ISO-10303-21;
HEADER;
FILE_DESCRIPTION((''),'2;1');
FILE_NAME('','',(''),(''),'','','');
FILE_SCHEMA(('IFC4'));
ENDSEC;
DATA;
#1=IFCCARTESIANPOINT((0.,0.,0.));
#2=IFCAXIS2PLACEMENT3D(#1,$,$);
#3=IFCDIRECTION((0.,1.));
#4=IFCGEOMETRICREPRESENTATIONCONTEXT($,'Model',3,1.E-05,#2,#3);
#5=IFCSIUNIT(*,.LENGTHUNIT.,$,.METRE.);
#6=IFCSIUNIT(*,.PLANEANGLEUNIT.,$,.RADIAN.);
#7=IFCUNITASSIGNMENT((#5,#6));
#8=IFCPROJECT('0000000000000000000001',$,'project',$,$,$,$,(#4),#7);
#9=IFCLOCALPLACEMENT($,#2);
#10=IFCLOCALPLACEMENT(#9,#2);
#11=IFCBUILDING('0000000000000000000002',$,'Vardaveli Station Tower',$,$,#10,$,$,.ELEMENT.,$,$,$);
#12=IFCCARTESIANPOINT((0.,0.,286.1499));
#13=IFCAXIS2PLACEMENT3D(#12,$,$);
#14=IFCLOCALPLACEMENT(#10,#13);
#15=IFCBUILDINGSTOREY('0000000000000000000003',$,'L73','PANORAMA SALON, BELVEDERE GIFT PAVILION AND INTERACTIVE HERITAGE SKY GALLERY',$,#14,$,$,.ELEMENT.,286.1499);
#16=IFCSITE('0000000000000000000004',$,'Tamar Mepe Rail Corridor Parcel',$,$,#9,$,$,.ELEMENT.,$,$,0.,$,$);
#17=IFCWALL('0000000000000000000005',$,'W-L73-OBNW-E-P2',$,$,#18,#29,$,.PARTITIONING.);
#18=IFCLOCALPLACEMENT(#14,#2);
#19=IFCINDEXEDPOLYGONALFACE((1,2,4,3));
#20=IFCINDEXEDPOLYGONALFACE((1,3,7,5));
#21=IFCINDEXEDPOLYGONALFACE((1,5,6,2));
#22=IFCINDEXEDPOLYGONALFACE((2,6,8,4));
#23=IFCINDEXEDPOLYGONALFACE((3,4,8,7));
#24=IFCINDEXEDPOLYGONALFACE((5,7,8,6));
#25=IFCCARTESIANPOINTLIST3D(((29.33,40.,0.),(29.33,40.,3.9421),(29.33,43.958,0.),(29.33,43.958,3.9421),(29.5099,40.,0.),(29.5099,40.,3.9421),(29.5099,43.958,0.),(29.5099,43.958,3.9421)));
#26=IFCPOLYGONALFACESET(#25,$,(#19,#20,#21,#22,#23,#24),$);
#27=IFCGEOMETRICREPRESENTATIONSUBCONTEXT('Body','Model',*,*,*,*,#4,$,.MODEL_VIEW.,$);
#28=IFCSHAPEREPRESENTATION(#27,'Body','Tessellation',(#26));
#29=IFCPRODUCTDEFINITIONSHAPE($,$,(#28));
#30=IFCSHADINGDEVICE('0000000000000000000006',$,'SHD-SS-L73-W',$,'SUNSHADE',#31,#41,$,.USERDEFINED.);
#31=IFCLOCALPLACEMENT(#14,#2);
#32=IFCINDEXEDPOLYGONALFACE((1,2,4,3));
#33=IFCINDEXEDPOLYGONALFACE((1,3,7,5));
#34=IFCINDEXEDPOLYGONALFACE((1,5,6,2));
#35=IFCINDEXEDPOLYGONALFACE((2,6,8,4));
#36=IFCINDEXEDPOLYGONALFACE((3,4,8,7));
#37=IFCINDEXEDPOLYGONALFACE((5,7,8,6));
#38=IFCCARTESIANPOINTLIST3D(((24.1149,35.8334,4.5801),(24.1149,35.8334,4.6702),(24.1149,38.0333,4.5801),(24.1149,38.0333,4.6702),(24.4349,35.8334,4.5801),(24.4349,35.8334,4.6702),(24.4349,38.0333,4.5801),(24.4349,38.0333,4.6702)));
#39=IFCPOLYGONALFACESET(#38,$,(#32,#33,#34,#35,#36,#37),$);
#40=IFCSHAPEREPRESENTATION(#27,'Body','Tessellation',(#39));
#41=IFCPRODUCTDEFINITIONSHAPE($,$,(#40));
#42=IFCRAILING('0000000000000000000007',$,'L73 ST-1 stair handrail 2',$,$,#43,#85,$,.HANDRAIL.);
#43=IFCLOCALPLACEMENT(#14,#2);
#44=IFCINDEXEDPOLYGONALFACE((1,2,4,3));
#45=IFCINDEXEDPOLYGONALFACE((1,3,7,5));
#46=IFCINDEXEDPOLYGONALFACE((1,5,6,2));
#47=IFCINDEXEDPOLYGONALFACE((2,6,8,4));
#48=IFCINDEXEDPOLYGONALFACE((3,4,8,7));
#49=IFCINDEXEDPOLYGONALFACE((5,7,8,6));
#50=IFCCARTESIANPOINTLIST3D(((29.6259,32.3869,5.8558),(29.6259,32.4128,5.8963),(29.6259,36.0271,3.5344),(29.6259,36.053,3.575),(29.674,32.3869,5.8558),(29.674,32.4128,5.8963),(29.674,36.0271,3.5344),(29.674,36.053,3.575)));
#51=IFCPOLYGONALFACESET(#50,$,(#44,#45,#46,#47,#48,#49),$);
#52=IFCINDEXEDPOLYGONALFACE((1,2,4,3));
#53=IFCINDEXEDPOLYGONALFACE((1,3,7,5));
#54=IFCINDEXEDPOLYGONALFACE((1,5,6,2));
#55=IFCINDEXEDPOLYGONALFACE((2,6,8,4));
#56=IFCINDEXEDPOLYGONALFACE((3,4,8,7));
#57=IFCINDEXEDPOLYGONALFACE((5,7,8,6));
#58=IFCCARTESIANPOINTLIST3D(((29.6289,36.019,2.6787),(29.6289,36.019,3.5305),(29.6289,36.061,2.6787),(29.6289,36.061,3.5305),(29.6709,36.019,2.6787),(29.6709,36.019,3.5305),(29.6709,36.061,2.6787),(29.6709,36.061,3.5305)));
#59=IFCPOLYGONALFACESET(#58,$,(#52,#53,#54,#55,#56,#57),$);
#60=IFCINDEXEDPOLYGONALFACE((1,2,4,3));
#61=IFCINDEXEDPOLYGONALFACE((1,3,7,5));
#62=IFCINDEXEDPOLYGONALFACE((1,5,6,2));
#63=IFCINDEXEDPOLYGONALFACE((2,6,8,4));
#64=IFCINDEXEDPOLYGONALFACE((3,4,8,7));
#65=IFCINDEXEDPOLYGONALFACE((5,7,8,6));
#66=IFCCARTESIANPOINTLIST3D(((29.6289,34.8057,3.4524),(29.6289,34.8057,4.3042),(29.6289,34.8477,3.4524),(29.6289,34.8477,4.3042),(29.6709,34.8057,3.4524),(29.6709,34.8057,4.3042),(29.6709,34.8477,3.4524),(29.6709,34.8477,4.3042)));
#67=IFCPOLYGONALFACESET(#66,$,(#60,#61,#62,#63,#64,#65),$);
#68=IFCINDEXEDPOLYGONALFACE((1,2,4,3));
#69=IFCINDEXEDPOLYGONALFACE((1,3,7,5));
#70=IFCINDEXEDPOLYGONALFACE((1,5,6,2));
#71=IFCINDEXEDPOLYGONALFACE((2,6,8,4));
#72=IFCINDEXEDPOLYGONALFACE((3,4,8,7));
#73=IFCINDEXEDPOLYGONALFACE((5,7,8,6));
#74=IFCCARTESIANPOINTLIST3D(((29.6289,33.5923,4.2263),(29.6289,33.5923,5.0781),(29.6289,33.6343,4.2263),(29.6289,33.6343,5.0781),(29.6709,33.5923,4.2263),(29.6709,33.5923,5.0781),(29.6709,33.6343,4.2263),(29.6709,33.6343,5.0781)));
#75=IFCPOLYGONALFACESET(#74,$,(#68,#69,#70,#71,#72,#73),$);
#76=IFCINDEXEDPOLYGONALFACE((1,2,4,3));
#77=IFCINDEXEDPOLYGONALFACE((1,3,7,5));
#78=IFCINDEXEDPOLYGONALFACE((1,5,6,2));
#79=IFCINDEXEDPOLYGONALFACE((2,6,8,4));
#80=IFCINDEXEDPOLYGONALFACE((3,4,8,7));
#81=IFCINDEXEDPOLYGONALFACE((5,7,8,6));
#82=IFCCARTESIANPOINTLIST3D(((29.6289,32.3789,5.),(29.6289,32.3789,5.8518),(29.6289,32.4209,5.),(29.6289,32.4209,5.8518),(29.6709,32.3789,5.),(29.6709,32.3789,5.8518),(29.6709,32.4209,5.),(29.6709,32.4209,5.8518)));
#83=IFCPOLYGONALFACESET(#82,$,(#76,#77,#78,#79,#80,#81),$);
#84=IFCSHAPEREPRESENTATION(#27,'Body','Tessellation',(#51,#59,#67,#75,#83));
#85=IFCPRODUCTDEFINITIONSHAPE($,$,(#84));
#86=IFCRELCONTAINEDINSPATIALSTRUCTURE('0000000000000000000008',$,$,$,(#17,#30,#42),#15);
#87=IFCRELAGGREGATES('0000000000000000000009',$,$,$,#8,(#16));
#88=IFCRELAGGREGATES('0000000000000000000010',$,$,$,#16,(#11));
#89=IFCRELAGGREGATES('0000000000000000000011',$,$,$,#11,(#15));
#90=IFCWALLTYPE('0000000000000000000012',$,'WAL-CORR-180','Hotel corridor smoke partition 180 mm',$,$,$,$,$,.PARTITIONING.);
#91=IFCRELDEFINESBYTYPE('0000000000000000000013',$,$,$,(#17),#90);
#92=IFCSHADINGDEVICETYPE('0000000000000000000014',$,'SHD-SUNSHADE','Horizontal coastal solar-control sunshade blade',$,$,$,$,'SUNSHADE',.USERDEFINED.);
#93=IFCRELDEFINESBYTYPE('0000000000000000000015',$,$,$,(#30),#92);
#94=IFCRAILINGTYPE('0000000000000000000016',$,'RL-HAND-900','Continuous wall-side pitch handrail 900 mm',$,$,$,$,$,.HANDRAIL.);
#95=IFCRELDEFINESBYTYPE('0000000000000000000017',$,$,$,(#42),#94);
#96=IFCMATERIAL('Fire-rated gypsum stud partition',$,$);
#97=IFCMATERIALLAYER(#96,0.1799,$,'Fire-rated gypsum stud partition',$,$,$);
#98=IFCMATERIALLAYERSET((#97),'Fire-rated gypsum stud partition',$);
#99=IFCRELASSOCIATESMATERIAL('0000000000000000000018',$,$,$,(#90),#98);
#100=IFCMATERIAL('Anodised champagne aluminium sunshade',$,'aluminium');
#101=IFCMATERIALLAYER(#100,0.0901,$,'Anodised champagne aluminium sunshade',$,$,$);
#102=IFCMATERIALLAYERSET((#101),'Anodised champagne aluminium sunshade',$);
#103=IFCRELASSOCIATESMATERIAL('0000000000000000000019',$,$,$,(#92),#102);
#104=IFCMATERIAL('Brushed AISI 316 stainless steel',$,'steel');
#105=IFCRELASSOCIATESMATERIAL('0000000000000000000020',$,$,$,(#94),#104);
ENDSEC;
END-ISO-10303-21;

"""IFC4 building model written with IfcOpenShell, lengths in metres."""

from ifc_helpers import new_model, si_unit, direction, frame, frame_2d, origin, origin_2d, place, context, subcontext, project, spatial, rectangle, extrude, source, transform, mapped, material, layer, layer_set, type_object, element, save


model = new_model("IFC4")

# Units and contexts
model_context = context("Model", 3, precision=1e-05, world=origin(), true_north=direction((0.0, 1.0)))
body_context = subcontext(model_context, "Body", "Model", "MODEL_VIEW")
ifc_project = project(units=[si_unit("LENGTHUNIT", "METRE"), si_unit("PLANEANGLEUNIT", "RADIAN")], contexts=[model_context])

# Site, building, storey
site_placement = place(None, origin())
site = spatial("IfcSite", under=ifc_project, at=site_placement, Name="Tamar Mepe Rail Corridor Parcel", CompositionType="ELEMENT", RefElevation=0.0)
building_placement = place(site_placement, origin())
building = spatial("IfcBuilding", under=site, at=building_placement, Name="Vardaveli Station Tower", CompositionType="ELEMENT")
storey_placement = place(building_placement, frame((0.0, 0.0, 286.1499)))
storey = spatial("IfcBuildingStorey", under=building, at=storey_placement, Name="L73", Description="PANORAMA SALON, BELVEDERE GIFT PAVILION AND INTERACTIVE HERITAGE SKY GALLERY", CompositionType="ELEMENT", Elevation=286.1499)

# Wall
ifc_material_1 = material(Name="Fire-rated gypsum stud partition")
ifc_layer_1 = layer(ifc_material_1, 0.1799, Name="Fire-rated gypsum stud partition")
ifc_layer_set_1 = layer_set([ifc_layer_1], Name="Fire-rated gypsum stud partition")
wall_type_1 = type_object("IfcWallType", Name="WAL-CORR-180", Description="Hotel corridor smoke partition 180 mm", PredefinedType="PARTITIONING", material=ifc_layer_set_1)
shared_shape_1 = source(origin(), body_context, "Body", "SweptSolid", [
    extrude(rectangle(XDim=3.958, YDim=0.1799, at=frame_2d((1.979, 0.0))), origin(), (0.0, 0.0, 1.0), 3.9421),
])
wall_1_placement = place(storey_placement, frame((29.4199, 40.0, 0.0), z_axis=(0.0, 0.0, 1.0), x_axis=(0.0, 1.0, 0.0)))
element("IfcWall", 1, at=wall_1_placement, inside=storey, type_object=wall_type_1, Name="W-L73-OBNW-E-P2", PredefinedType="PARTITIONING", context=body_context, shape_type="MappedRepresentation", body=[
    mapped(shared_shape_1, transform((0.0, 0.0, 0.0), scale=1.0)),
])

# Shading device
ifc_material_2 = material(Name="Anodised champagne aluminium sunshade", Category="aluminium")
ifc_layer_2 = layer(ifc_material_2, 0.0901, Name="Anodised champagne aluminium sunshade")
ifc_layer_set_2 = layer_set([ifc_layer_2], Name="Anodised champagne aluminium sunshade")
shading_device_type = type_object("IfcShadingDeviceType", Name="SHD-SUNSHADE", Description="Horizontal coastal solar-control sunshade blade", ElementType="SUNSHADE", PredefinedType="USERDEFINED", material=ifc_layer_set_2)
shared_shape_2 = source(origin(), body_context, "Body", "SweptSolid", [
    extrude(rectangle(XDim=2.2, YDim=0.3201, at=origin_2d()), origin(), (0.0, 0.0, 1.0), 0.0901),
])
shading_device_placement = place(storey_placement, frame((24.2749, 36.9333, 4.5801), z_axis=(0.0, 0.0, 1.0), x_axis=(0.0, 1.0, 0.0)))
element("IfcShadingDevice", 2, at=shading_device_placement, inside=storey, type_object=shading_device_type, Name="SHD-SS-L73-W", ObjectType="SUNSHADE", PredefinedType="USERDEFINED", context=body_context, shape_type="MappedRepresentation", body=[
    mapped(shared_shape_2, transform((0.0, 0.0, 0.0), scale=1.0)),
])

# Railing
ifc_material_3 = material(Name="Brushed AISI 316 stainless steel", Category="steel")
railing_type = type_object("IfcRailingType", Name="RL-HAND-900", Description="Continuous wall-side pitch handrail 900 mm", PredefinedType="HANDRAIL", material=ifc_material_3)
shared_shape_3 = source(origin(), body_context, "Body", "SweptSolid", [
    extrude(rectangle(XDim=0.0481, YDim=0.0481, at=origin_2d()), frame((0.0, 0.0, 0.876), z_axis=(0.0, -0.843153, 0.537673), x_axis=(1.0, 0.0, 0.0)), (0.0, 0.0, 1.0), 4.3174),
    extrude(rectangle(XDim=0.042, YDim=0.042, at=origin_2d()), origin(), (0.0, 0.0, 1.0), 0.8518),
    extrude(rectangle(XDim=0.042, YDim=0.042, at=origin_2d()), frame((0.0, -1.2134, 0.7737)), (0.0, 0.0, 1.0), 0.8518),
    extrude(rectangle(XDim=0.042, YDim=0.042, at=origin_2d()), frame((0.0, -2.4268, 1.5476)), (0.0, 0.0, 1.0), 0.8518),
    extrude(rectangle(XDim=0.042, YDim=0.042, at=origin_2d()), frame((0.0, -3.6401, 2.3213)), (0.0, 0.0, 1.0), 0.8518),
])
railing_placement = place(storey_placement, frame((29.6499, 36.04, 2.6787)))
element("IfcRailing", 3, at=railing_placement, inside=storey, type_object=railing_type, Name="L73 ST-1 stair handrail 2", PredefinedType="HANDRAIL", context=body_context, shape_type="MappedRepresentation", body=[
    mapped(shared_shape_3, transform((0.0, 0.0, 0.0), scale=1.0)),
])

save(model, "model.ifc")
